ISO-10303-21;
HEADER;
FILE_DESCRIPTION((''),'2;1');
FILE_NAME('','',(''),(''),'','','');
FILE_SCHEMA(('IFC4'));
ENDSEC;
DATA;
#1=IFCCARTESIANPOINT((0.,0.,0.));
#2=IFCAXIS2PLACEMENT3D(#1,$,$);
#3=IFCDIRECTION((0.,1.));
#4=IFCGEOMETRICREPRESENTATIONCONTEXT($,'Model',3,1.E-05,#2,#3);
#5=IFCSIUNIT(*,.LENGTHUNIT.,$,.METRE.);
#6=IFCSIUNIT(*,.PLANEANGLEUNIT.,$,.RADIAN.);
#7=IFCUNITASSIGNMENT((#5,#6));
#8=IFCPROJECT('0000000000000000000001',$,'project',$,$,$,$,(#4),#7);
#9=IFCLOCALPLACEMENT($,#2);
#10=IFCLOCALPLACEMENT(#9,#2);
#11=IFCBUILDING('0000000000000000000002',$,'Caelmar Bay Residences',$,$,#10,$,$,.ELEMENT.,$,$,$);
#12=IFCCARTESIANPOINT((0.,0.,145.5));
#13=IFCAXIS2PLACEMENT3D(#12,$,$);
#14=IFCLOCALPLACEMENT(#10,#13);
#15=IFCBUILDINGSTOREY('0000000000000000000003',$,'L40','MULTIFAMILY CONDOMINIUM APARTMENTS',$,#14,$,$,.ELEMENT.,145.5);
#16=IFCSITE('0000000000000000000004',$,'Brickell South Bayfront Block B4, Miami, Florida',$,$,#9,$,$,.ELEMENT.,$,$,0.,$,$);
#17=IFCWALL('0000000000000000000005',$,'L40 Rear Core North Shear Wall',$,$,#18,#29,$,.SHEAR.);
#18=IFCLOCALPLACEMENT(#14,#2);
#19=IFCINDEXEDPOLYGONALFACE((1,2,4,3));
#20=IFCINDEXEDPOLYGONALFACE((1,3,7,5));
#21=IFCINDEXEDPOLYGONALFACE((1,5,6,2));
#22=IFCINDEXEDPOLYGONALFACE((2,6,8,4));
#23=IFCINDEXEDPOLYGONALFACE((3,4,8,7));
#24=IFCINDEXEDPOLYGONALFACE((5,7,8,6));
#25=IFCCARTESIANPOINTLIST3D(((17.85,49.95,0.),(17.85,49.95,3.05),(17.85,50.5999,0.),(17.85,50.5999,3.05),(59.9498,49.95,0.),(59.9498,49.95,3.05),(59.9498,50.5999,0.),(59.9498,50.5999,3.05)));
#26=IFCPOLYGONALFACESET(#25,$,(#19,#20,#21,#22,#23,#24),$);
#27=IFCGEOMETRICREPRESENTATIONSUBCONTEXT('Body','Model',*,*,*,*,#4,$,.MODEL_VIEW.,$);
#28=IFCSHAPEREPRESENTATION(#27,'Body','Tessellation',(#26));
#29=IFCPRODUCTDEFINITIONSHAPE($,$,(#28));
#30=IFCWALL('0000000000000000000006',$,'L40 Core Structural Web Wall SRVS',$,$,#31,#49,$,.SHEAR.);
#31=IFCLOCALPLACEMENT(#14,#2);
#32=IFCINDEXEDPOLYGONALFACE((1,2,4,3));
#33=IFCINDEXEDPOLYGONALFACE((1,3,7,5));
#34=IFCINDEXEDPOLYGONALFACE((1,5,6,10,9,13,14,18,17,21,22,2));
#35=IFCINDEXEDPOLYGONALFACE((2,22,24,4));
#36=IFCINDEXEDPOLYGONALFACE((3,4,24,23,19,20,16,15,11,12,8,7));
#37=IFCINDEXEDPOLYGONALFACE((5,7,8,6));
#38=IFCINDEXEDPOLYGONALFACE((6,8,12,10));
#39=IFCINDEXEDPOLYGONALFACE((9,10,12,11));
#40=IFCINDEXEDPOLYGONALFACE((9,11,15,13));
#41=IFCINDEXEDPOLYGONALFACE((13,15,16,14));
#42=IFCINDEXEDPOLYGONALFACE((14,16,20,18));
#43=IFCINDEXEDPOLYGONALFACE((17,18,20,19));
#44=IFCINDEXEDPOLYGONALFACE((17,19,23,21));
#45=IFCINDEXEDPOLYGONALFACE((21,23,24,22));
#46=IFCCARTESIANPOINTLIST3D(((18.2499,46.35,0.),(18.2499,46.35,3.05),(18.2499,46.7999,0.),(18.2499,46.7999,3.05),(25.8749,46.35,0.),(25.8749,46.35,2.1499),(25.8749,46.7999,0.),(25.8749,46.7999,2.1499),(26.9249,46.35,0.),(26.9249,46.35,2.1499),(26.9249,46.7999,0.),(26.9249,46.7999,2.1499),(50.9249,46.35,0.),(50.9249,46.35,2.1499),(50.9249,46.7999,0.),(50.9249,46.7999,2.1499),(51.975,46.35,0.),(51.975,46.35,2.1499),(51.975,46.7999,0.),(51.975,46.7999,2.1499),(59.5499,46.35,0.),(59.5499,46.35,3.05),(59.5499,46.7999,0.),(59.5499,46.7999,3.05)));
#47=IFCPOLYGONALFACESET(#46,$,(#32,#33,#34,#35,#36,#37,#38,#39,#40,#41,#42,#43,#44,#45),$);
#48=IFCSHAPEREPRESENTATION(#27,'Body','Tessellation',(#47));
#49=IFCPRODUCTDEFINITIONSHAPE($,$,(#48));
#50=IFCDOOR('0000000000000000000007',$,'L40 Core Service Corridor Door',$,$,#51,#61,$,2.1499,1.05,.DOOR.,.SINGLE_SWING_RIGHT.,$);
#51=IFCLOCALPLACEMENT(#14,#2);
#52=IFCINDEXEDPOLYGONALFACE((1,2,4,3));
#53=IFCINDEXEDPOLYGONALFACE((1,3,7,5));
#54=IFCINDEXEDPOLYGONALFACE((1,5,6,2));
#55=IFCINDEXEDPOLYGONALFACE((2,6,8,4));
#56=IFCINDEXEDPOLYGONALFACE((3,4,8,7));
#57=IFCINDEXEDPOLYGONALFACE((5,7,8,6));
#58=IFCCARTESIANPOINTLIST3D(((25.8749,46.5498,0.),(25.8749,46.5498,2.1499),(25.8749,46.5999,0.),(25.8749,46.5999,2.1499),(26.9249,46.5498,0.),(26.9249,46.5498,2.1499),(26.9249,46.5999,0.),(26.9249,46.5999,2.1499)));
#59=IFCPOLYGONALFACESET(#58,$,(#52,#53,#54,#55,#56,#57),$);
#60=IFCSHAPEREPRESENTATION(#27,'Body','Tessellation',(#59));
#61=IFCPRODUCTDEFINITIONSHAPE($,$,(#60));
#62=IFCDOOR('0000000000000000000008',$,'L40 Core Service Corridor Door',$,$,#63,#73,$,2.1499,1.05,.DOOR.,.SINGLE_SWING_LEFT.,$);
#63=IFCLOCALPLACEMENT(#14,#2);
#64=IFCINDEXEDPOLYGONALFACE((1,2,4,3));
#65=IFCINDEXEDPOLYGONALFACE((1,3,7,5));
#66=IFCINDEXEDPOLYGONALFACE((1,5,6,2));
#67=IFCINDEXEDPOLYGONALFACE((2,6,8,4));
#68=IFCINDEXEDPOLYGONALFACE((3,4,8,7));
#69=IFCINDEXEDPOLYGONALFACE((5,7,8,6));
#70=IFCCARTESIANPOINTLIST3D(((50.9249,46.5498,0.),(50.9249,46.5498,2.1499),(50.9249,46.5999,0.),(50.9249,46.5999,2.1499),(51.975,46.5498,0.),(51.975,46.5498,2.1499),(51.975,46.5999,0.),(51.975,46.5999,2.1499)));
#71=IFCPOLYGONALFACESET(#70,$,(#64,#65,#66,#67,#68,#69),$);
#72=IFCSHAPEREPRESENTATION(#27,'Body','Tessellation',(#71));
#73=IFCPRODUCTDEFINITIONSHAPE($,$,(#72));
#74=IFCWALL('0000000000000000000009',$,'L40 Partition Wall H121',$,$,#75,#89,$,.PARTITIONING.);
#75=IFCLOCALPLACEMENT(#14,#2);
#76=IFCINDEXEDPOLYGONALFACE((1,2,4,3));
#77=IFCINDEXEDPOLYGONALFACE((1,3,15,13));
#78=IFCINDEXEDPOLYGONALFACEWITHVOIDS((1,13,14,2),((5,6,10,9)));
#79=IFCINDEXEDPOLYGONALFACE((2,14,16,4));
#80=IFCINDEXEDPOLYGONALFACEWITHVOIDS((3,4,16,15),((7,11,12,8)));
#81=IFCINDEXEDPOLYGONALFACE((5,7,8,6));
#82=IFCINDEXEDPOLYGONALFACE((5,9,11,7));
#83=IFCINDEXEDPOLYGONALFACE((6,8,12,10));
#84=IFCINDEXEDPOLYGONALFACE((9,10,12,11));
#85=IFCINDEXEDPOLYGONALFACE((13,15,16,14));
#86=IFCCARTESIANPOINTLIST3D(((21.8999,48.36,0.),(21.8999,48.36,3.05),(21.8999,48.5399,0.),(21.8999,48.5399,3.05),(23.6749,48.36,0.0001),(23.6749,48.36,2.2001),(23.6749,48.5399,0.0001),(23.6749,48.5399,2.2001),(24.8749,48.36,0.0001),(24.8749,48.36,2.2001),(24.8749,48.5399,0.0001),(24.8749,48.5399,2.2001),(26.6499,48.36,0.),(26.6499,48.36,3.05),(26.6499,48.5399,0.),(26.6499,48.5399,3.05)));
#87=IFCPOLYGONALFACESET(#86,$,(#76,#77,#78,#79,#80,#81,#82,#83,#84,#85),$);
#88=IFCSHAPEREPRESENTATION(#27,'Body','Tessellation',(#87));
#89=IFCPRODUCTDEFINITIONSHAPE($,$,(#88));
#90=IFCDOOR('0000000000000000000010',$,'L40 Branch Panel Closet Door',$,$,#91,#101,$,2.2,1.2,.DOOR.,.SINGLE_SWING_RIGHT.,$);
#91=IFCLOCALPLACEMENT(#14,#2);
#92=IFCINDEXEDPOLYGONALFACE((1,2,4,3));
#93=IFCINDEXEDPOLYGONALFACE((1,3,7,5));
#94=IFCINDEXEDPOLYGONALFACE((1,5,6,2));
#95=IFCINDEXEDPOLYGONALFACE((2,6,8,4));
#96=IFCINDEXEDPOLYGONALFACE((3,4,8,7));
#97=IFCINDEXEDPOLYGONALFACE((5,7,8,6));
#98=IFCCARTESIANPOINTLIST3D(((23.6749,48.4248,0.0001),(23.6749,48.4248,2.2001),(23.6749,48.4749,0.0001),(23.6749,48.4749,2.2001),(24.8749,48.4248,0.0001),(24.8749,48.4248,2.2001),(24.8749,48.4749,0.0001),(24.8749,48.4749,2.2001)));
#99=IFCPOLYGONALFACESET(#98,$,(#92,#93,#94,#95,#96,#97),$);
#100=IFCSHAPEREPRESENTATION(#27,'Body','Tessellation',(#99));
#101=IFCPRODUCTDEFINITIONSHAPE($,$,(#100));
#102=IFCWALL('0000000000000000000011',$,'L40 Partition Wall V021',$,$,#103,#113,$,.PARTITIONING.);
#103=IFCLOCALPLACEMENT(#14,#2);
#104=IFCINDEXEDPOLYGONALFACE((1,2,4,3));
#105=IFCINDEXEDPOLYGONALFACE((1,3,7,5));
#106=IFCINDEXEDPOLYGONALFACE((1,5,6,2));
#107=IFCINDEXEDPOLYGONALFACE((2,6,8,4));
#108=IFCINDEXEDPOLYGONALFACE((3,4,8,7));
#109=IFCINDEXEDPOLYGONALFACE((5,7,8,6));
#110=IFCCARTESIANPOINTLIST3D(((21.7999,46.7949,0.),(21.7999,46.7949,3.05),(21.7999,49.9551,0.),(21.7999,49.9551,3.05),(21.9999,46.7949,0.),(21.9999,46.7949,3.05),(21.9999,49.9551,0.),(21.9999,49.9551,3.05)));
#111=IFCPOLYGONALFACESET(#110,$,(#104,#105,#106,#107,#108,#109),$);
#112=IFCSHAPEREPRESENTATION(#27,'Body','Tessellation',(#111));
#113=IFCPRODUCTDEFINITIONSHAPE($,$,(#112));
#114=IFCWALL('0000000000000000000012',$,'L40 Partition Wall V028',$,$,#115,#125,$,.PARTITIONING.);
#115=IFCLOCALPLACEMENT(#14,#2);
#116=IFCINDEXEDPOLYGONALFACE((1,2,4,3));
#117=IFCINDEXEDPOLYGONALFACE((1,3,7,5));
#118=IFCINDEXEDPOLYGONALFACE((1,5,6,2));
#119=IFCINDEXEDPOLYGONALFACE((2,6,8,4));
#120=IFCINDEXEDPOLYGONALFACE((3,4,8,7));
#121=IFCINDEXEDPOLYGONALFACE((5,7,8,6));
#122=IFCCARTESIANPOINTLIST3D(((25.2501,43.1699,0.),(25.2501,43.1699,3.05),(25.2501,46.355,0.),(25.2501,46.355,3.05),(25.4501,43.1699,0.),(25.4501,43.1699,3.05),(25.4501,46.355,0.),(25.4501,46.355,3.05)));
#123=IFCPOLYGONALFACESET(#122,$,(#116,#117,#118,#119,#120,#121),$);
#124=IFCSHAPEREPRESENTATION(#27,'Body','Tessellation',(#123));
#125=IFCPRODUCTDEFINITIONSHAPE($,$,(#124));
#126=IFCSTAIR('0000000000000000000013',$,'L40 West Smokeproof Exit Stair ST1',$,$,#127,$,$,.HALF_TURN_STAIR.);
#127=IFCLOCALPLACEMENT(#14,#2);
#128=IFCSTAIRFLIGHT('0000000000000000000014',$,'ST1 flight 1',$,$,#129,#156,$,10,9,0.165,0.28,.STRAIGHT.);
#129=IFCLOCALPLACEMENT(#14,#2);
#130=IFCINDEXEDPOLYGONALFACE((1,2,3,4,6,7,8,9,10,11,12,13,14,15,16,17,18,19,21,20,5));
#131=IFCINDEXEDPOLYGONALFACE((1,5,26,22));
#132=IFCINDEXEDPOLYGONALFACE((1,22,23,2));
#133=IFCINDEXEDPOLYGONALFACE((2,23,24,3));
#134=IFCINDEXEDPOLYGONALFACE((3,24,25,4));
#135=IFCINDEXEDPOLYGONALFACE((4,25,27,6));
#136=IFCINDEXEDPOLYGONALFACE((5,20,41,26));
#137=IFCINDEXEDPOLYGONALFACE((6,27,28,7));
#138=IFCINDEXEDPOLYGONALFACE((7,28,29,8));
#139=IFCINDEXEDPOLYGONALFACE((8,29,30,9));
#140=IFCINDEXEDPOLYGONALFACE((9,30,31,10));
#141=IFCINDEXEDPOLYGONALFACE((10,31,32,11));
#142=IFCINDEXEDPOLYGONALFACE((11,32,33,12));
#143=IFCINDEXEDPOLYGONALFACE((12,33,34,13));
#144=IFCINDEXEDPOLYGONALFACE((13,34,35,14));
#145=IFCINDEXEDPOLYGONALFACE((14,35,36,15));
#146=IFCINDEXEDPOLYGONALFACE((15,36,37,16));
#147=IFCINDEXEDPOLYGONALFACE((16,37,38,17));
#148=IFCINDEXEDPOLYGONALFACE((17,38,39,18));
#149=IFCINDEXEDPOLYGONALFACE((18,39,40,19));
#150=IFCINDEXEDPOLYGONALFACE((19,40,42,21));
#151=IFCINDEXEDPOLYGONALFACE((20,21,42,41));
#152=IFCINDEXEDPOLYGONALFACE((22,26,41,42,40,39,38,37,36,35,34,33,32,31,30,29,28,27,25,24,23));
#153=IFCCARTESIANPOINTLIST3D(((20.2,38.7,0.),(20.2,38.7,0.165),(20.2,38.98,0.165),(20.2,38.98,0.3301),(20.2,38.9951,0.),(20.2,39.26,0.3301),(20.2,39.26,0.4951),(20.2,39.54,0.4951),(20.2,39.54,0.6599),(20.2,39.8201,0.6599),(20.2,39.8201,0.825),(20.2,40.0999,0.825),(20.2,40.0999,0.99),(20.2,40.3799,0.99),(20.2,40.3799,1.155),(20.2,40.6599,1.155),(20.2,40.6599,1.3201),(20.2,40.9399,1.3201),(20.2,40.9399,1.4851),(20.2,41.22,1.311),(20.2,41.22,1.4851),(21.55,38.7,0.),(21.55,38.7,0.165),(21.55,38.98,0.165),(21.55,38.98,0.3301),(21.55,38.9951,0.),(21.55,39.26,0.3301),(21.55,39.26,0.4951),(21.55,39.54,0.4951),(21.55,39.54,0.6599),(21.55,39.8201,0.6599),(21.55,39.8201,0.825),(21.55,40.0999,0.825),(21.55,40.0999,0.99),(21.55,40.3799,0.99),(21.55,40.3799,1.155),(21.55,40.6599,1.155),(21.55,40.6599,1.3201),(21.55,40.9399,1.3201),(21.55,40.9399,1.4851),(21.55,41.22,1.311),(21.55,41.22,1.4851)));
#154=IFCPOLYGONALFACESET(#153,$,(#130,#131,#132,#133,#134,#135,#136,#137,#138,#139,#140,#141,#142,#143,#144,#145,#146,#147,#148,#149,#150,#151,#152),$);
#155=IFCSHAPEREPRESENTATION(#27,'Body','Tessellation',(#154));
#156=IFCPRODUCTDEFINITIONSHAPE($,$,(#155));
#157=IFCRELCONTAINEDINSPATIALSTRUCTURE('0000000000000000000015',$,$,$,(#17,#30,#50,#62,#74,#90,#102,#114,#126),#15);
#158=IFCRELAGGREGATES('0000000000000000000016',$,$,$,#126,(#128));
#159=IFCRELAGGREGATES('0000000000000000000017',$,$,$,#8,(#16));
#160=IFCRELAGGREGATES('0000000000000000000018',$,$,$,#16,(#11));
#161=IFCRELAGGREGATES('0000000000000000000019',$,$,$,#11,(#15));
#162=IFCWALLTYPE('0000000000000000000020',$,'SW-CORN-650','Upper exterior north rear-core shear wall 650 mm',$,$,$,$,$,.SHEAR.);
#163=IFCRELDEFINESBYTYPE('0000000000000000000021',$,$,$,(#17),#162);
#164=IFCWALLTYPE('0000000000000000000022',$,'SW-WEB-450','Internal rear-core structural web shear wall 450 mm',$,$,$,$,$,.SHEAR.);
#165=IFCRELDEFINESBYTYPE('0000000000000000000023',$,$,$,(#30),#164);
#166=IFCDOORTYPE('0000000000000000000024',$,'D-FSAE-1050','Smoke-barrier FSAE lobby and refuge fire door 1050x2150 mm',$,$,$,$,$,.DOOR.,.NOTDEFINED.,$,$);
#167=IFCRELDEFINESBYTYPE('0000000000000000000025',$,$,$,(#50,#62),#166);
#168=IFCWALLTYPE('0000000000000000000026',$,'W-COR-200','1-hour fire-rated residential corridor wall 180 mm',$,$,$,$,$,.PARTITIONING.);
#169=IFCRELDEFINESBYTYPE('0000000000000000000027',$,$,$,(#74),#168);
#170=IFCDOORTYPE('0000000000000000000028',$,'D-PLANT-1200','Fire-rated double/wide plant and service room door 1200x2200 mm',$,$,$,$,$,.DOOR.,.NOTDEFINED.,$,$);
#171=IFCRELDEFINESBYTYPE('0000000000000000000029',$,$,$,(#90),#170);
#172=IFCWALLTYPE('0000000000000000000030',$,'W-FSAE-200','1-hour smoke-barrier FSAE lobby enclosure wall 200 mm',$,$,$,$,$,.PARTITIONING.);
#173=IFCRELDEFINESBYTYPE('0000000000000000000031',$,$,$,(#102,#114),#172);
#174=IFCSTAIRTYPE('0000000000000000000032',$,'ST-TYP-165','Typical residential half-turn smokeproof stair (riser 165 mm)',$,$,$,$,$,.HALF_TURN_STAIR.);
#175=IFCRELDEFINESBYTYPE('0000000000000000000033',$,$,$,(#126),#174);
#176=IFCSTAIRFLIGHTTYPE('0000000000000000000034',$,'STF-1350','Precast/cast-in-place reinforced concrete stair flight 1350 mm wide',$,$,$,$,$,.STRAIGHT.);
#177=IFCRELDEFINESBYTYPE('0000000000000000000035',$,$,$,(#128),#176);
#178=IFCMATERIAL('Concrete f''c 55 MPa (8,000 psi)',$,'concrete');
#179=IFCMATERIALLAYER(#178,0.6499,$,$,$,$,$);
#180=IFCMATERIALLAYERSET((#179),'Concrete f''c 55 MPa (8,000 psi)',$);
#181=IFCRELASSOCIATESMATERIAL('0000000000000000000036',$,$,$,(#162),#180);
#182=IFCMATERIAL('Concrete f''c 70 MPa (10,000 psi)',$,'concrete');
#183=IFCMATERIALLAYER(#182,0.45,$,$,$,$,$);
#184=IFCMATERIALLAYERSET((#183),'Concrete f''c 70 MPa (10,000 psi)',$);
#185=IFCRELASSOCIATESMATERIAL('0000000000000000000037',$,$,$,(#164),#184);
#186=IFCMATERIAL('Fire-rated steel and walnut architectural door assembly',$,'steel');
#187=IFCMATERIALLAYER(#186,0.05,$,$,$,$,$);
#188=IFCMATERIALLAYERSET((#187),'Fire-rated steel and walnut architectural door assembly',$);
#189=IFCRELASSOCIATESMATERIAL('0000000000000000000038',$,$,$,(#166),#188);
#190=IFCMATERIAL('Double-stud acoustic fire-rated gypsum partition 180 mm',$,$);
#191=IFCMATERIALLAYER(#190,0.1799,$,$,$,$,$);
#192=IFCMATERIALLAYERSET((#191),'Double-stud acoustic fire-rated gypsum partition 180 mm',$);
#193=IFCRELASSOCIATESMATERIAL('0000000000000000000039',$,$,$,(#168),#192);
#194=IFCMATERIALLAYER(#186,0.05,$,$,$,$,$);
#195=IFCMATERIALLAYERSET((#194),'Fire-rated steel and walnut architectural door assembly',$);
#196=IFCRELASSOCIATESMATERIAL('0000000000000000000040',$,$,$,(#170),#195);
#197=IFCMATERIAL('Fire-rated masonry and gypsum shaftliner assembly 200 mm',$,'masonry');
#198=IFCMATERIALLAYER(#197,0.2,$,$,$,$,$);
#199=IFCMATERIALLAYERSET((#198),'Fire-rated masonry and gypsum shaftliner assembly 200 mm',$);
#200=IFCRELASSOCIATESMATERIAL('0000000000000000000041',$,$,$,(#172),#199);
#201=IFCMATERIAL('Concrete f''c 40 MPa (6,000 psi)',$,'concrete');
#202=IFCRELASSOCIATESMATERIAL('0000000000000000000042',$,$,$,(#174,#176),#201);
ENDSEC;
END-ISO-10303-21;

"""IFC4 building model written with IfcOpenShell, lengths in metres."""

from ifc_helpers import new_model, si_unit, direction, frame, frame_2d, origin, place, context, subcontext, project, spatial, polyline, rectangle, outline, extrude, material, layer, layer_set, type_object, element, fill, aggregate, save


model = new_model("IFC4")

# Units and contexts
model_context = context("Model", 3, precision=1e-05, world=origin(), true_north=direction((0.0, 1.0)))
body_context = subcontext(model_context, "Body", "Model", "MODEL_VIEW")
ifc_project = project(units=[si_unit("LENGTHUNIT", "METRE"), si_unit("PLANEANGLEUNIT", "RADIAN")], contexts=[model_context])

# Site, building, storey
site_placement = place(None, origin())
site = spatial("IfcSite", under=ifc_project, at=site_placement, Name="Brickell South Bayfront Block B4, Miami, Florida", CompositionType="ELEMENT", RefElevation=0.0)
building_placement = place(site_placement, origin())
building = spatial("IfcBuilding", under=site, at=building_placement, Name="Caelmar Bay Residences", CompositionType="ELEMENT")
storey_placement = place(building_placement, frame((0.0, 0.0, 145.5)))
storey = spatial("IfcBuildingStorey", under=building, at=storey_placement, Name="L40", Description="MULTIFAMILY CONDOMINIUM APARTMENTS", CompositionType="ELEMENT", Elevation=145.5)

# Wall
ifc_material_1 = material(Name="Concrete f'c 55 MPa (8,000 psi)", Category="concrete")
ifc_layer_1 = layer(ifc_material_1, 0.6499)
ifc_layer_set_1 = layer_set([ifc_layer_1], Name="Concrete f'c 55 MPa (8,000 psi)")
wall_type_1 = type_object("IfcWallType", Name="SW-CORN-650", Description="Upper exterior north rear-core shear wall 650 mm", PredefinedType="SHEAR", material=ifc_layer_set_1)
wall_1_placement = place(storey_placement, frame((17.8501, 50.2749, 0.0), z_axis=(0.0, 0.0, 1.0), x_axis=(1.0, 0.0, 0.0)))
element("IfcWall", 1, at=wall_1_placement, inside=storey, type_object=wall_type_1, Name="L40 Rear Core North Shear Wall", PredefinedType="SHEAR", context=body_context, shape_type="SweptSolid", body=[
    extrude(rectangle(XDim=42.0999, YDim=0.6499, at=frame_2d((21.0498, 0.0))), origin(), (0.0, 0.0, 1.0), 3.05),
])

# Wall, openings, doors
ifc_material_2 = material(Name="Concrete f'c 70 MPa (10,000 psi)", Category="concrete")
ifc_layer_2 = layer(ifc_material_2, 0.45)
ifc_layer_set_2 = layer_set([ifc_layer_2], Name="Concrete f'c 70 MPa (10,000 psi)")
wall_type_2 = type_object("IfcWallType", Name="SW-WEB-450", Description="Internal rear-core structural web shear wall 450 mm", PredefinedType="SHEAR", material=ifc_layer_set_2)
ifc_material_3 = material(Name="Fire-rated steel and walnut architectural door assembly", Category="steel")
ifc_layer_3 = layer(ifc_material_3, 0.05)
ifc_layer_set_3 = layer_set([ifc_layer_3], Name="Fire-rated steel and walnut architectural door assembly")
door_type_1 = type_object("IfcDoorType", Name="D-FSAE-1050", Description="Smoke-barrier FSAE lobby and refuge fire door 1050x2150 mm", OperationType="NOTDEFINED", PredefinedType="DOOR", material=ifc_layer_set_3)
wall_2_placement = place(storey_placement, frame((18.25, 46.575, 0.0), z_axis=(0.0, 0.0, 1.0), x_axis=(1.0, 0.0, 0.0)))
wall_2 = element("IfcWall", 2, at=wall_2_placement, inside=storey, type_object=wall_type_2, Name="L40 Core Structural Web Wall SRVS", PredefinedType="SHEAR", context=body_context, shape_type="SweptSolid", body=[
    extrude(rectangle(XDim=41.3, YDim=0.45, at=frame_2d((20.6499, 0.0))), origin(), (0.0, 0.0, 1.0), 3.05),
])
opening_1_placement = place(wall_2_placement, frame((7.625, 0.0, 0.0)))
opening_1 = element("IfcOpeningElement", 3, at=opening_1_placement, cuts=wall_2, PredefinedType="OPENING", context=body_context, shape_type="SweptSolid", body=[
    extrude(rectangle(XDim=1.05, YDim=2.1499, at=frame_2d((0.5249, 1.075))), frame((0.0, 0.2349, 0.0), z_axis=(0.0, -1.0, 0.0), x_axis=(1.0, 0.0, 0.0)), (0.0, 0.0, 1.0), 0.47),
])
opening_2_placement = place(wall_2_placement, frame((32.675, 0.0, 0.0)))
opening_2 = element("IfcOpeningElement", 4, at=opening_2_placement, cuts=wall_2, PredefinedType="OPENING", context=body_context, shape_type="SweptSolid", body=[
    extrude(rectangle(XDim=1.05, YDim=2.1499, at=frame_2d((0.5249, 1.075))), frame((0.0, 0.2349, 0.0), z_axis=(0.0, -1.0, 0.0), x_axis=(1.0, 0.0, 0.0)), (0.0, 0.0, 1.0), 0.47),
])
door_1_placement = place(opening_1_placement, origin())
door_1 = element("IfcDoor", 5, at=door_1_placement, inside=storey, type_object=door_type_1, Name="L40 Core Service Corridor Door", OperationType="SINGLE_SWING_RIGHT", OverallHeight=2.1499, OverallWidth=1.05, PredefinedType="DOOR", context=body_context, shape_type="SweptSolid", body=[
    extrude(rectangle(XDim=1.05, YDim=2.1499, at=frame_2d((0.5249, 1.075))), frame((0.0, 0.0249, 0.0), z_axis=(0.0, -1.0, 0.0), x_axis=(1.0, 0.0, 0.0)), (0.0, 0.0, 1.0), 0.05),
])
fill(opening_1, door_1)
door_2_placement = place(opening_2_placement, origin())
door_2 = element("IfcDoor", 6, at=door_2_placement, inside=storey, type_object=door_type_1, Name="L40 Core Service Corridor Door", OperationType="SINGLE_SWING_LEFT", OverallHeight=2.1499, OverallWidth=1.05, PredefinedType="DOOR", context=body_context, shape_type="SweptSolid", body=[
    extrude(rectangle(XDim=1.05, YDim=2.1499, at=frame_2d((0.5249, 1.075))), frame((0.0, 0.0249, 0.0), z_axis=(0.0, -1.0, 0.0), x_axis=(1.0, 0.0, 0.0)), (0.0, 0.0, 1.0), 0.05),
])
fill(opening_2, door_2)

# Wall, opening, door
ifc_material_4 = material(Name="Double-stud acoustic fire-rated gypsum partition 180 mm")
ifc_layer_4 = layer(ifc_material_4, 0.1799)
ifc_layer_set_4 = layer_set([ifc_layer_4], Name="Double-stud acoustic fire-rated gypsum partition 180 mm")
wall_type_3 = type_object("IfcWallType", Name="W-COR-200", Description="1-hour fire-rated residential corridor wall 180 mm", PredefinedType="PARTITIONING", material=ifc_layer_set_4)
wall_3_placement = place(storey_placement, frame((21.8999, 48.45, 0.0), z_axis=(0.0, 0.0, 1.0), x_axis=(1.0, 0.0, 0.0)))
wall_3 = element("IfcWall", 7, at=wall_3_placement, inside=storey, type_object=wall_type_3, Name="L40 Partition Wall H121", PredefinedType="PARTITIONING", context=body_context, shape_type="SweptSolid", body=[
    extrude(rectangle(XDim=4.75, YDim=0.1799, at=frame_2d((2.375, 0.0))), origin(), (0.0, 0.0, 1.0), 3.05),
])
opening_3_placement = place(wall_3_placement, frame((1.7749, 0.0, 0.0)))
opening_3 = element("IfcOpeningElement", 8, at=opening_3_placement, cuts=wall_3, PredefinedType="OPENING", context=body_context, shape_type="SweptSolid", body=[
    extrude(rectangle(XDim=1.2, YDim=2.2, at=frame_2d((0.6001, 1.1001))), frame((0.0, 0.0999, 0.0), z_axis=(0.0, -1.0, 0.0), x_axis=(1.0, 0.0, 0.0)), (0.0, 0.0, 1.0), 0.2),
])
ifc_layer_5 = layer(ifc_material_3, 0.05)
ifc_layer_set_5 = layer_set([ifc_layer_5], Name="Fire-rated steel and walnut architectural door assembly")
door_type_2 = type_object("IfcDoorType", Name="D-PLANT-1200", Description="Fire-rated double/wide plant and service room door 1200x2200 mm", OperationType="NOTDEFINED", PredefinedType="DOOR", material=ifc_layer_set_5)
door_3_placement = place(opening_3_placement, origin())
door_3 = element("IfcDoor", 9, at=door_3_placement, inside=storey, type_object=door_type_2, Name="L40 Branch Panel Closet Door", OperationType="SINGLE_SWING_RIGHT", OverallHeight=2.2, OverallWidth=1.2, PredefinedType="DOOR", context=body_context, shape_type="SweptSolid", body=[
    extrude(rectangle(XDim=1.2, YDim=2.2, at=frame_2d((0.6001, 1.1001))), frame((0.0, 0.0249, 0.0), z_axis=(0.0, -1.0, 0.0), x_axis=(1.0, 0.0, 0.0)), (0.0, 0.0, 1.0), 0.05),
])
fill(opening_3, door_3)

# Walls
ifc_material_5 = material(Name="Fire-rated masonry and gypsum shaftliner assembly 200 mm", Category="masonry")
ifc_layer_6 = layer(ifc_material_5, 0.2)
ifc_layer_set_6 = layer_set([ifc_layer_6], Name="Fire-rated masonry and gypsum shaftliner assembly 200 mm")
wall_type_4 = type_object("IfcWallType", Name="W-FSAE-200", Description="1-hour smoke-barrier FSAE lobby enclosure wall 200 mm", PredefinedType="PARTITIONING", material=ifc_layer_set_6)
wall_4_placement = place(storey_placement, frame((21.8999, 46.7949, 0.0), z_axis=(0.0, 0.0, 1.0), x_axis=(0.0, 1.0, 0.0)))
element("IfcWall", 10, at=wall_4_placement, inside=storey, type_object=wall_type_4, Name="L40 Partition Wall V021", PredefinedType="PARTITIONING", context=body_context, shape_type="SweptSolid", body=[
    extrude(rectangle(XDim=3.1602, YDim=0.2, at=frame_2d((1.5801, 0.0))), origin(), (0.0, 0.0, 1.0), 3.05),
])
wall_5_placement = place(storey_placement, frame((25.3501, 43.1699, 0.0), z_axis=(0.0, 0.0, 1.0), x_axis=(0.0, 1.0, 0.0)))
element("IfcWall", 11, at=wall_5_placement, inside=storey, type_object=wall_type_4, Name="L40 Partition Wall V028", PredefinedType="PARTITIONING", context=body_context, shape_type="SweptSolid", body=[
    extrude(rectangle(XDim=3.1851, YDim=0.2, at=frame_2d((1.5925, 0.0))), origin(), (0.0, 0.0, 1.0), 3.05),
])

# Stair, stair flight
ifc_material_6 = material(Name="Concrete f'c 40 MPa (6,000 psi)", Category="concrete")
stair_type = type_object("IfcStairType", Name="ST-TYP-165", Description="Typical residential half-turn smokeproof stair (riser 165 mm)", PredefinedType="HALF_TURN_STAIR", material=ifc_material_6)
stair_placement = place(storey_placement, origin())
stair = element("IfcStair", 12, at=stair_placement, inside=storey, type_object=stair_type, Name="L40 West Smokeproof Exit Stair ST1", PredefinedType="HALF_TURN_STAIR")
stair_flight_type = type_object("IfcStairFlightType", Name="STF-1350", Description="Precast/cast-in-place reinforced concrete stair flight 1350 mm wide", PredefinedType="STRAIGHT", material=ifc_material_6)
stair_flight_1_placement = place(storey_placement, frame((20.875, 38.7, 0.0), z_axis=(0.0, 0.0, 1.0), x_axis=(0.0, 1.0, 0.0)))
stair_flight_1 = element("IfcStairFlight", 13, at=stair_flight_1_placement, type_object=stair_flight_type, Name="ST1 flight 1", NumberOfRisers=10, NumberOfTreads=9, PredefinedType="STRAIGHT", RiserHeight=0.165, TreadLength=0.28, context=body_context, shape_type="SweptSolid", body=[
    extrude(outline(polyline([(0.0, 0.0), (0.0, 0.165), (0.28, 0.165), (0.28, 0.3301), (0.5601, 0.3301), (0.5601, 0.4951), (0.8401, 0.4951), (0.8401, 0.6599), (1.1201, 0.6599), (1.1201, 0.825), (1.3999, 0.825), (1.3999, 0.99), (1.6799, 0.99), (1.6799, 1.155), (1.96, 1.155), (1.96, 1.3201), (2.24, 1.3201), (2.24, 1.4851), (2.52, 1.4851), (2.52, 1.6499), (2.52, 1.311), (0.2952, 0.0), (0.0, 0.0)])), frame((0.0, 0.675, 0.0), z_axis=(0.0, -1.0, 0.0), x_axis=(1.0, 0.0, 0.0)), (0.0, 0.0, 1.0), 1.3501),
])
aggregate(stair, [stair_flight_1])

save(model, "model.ifc")
